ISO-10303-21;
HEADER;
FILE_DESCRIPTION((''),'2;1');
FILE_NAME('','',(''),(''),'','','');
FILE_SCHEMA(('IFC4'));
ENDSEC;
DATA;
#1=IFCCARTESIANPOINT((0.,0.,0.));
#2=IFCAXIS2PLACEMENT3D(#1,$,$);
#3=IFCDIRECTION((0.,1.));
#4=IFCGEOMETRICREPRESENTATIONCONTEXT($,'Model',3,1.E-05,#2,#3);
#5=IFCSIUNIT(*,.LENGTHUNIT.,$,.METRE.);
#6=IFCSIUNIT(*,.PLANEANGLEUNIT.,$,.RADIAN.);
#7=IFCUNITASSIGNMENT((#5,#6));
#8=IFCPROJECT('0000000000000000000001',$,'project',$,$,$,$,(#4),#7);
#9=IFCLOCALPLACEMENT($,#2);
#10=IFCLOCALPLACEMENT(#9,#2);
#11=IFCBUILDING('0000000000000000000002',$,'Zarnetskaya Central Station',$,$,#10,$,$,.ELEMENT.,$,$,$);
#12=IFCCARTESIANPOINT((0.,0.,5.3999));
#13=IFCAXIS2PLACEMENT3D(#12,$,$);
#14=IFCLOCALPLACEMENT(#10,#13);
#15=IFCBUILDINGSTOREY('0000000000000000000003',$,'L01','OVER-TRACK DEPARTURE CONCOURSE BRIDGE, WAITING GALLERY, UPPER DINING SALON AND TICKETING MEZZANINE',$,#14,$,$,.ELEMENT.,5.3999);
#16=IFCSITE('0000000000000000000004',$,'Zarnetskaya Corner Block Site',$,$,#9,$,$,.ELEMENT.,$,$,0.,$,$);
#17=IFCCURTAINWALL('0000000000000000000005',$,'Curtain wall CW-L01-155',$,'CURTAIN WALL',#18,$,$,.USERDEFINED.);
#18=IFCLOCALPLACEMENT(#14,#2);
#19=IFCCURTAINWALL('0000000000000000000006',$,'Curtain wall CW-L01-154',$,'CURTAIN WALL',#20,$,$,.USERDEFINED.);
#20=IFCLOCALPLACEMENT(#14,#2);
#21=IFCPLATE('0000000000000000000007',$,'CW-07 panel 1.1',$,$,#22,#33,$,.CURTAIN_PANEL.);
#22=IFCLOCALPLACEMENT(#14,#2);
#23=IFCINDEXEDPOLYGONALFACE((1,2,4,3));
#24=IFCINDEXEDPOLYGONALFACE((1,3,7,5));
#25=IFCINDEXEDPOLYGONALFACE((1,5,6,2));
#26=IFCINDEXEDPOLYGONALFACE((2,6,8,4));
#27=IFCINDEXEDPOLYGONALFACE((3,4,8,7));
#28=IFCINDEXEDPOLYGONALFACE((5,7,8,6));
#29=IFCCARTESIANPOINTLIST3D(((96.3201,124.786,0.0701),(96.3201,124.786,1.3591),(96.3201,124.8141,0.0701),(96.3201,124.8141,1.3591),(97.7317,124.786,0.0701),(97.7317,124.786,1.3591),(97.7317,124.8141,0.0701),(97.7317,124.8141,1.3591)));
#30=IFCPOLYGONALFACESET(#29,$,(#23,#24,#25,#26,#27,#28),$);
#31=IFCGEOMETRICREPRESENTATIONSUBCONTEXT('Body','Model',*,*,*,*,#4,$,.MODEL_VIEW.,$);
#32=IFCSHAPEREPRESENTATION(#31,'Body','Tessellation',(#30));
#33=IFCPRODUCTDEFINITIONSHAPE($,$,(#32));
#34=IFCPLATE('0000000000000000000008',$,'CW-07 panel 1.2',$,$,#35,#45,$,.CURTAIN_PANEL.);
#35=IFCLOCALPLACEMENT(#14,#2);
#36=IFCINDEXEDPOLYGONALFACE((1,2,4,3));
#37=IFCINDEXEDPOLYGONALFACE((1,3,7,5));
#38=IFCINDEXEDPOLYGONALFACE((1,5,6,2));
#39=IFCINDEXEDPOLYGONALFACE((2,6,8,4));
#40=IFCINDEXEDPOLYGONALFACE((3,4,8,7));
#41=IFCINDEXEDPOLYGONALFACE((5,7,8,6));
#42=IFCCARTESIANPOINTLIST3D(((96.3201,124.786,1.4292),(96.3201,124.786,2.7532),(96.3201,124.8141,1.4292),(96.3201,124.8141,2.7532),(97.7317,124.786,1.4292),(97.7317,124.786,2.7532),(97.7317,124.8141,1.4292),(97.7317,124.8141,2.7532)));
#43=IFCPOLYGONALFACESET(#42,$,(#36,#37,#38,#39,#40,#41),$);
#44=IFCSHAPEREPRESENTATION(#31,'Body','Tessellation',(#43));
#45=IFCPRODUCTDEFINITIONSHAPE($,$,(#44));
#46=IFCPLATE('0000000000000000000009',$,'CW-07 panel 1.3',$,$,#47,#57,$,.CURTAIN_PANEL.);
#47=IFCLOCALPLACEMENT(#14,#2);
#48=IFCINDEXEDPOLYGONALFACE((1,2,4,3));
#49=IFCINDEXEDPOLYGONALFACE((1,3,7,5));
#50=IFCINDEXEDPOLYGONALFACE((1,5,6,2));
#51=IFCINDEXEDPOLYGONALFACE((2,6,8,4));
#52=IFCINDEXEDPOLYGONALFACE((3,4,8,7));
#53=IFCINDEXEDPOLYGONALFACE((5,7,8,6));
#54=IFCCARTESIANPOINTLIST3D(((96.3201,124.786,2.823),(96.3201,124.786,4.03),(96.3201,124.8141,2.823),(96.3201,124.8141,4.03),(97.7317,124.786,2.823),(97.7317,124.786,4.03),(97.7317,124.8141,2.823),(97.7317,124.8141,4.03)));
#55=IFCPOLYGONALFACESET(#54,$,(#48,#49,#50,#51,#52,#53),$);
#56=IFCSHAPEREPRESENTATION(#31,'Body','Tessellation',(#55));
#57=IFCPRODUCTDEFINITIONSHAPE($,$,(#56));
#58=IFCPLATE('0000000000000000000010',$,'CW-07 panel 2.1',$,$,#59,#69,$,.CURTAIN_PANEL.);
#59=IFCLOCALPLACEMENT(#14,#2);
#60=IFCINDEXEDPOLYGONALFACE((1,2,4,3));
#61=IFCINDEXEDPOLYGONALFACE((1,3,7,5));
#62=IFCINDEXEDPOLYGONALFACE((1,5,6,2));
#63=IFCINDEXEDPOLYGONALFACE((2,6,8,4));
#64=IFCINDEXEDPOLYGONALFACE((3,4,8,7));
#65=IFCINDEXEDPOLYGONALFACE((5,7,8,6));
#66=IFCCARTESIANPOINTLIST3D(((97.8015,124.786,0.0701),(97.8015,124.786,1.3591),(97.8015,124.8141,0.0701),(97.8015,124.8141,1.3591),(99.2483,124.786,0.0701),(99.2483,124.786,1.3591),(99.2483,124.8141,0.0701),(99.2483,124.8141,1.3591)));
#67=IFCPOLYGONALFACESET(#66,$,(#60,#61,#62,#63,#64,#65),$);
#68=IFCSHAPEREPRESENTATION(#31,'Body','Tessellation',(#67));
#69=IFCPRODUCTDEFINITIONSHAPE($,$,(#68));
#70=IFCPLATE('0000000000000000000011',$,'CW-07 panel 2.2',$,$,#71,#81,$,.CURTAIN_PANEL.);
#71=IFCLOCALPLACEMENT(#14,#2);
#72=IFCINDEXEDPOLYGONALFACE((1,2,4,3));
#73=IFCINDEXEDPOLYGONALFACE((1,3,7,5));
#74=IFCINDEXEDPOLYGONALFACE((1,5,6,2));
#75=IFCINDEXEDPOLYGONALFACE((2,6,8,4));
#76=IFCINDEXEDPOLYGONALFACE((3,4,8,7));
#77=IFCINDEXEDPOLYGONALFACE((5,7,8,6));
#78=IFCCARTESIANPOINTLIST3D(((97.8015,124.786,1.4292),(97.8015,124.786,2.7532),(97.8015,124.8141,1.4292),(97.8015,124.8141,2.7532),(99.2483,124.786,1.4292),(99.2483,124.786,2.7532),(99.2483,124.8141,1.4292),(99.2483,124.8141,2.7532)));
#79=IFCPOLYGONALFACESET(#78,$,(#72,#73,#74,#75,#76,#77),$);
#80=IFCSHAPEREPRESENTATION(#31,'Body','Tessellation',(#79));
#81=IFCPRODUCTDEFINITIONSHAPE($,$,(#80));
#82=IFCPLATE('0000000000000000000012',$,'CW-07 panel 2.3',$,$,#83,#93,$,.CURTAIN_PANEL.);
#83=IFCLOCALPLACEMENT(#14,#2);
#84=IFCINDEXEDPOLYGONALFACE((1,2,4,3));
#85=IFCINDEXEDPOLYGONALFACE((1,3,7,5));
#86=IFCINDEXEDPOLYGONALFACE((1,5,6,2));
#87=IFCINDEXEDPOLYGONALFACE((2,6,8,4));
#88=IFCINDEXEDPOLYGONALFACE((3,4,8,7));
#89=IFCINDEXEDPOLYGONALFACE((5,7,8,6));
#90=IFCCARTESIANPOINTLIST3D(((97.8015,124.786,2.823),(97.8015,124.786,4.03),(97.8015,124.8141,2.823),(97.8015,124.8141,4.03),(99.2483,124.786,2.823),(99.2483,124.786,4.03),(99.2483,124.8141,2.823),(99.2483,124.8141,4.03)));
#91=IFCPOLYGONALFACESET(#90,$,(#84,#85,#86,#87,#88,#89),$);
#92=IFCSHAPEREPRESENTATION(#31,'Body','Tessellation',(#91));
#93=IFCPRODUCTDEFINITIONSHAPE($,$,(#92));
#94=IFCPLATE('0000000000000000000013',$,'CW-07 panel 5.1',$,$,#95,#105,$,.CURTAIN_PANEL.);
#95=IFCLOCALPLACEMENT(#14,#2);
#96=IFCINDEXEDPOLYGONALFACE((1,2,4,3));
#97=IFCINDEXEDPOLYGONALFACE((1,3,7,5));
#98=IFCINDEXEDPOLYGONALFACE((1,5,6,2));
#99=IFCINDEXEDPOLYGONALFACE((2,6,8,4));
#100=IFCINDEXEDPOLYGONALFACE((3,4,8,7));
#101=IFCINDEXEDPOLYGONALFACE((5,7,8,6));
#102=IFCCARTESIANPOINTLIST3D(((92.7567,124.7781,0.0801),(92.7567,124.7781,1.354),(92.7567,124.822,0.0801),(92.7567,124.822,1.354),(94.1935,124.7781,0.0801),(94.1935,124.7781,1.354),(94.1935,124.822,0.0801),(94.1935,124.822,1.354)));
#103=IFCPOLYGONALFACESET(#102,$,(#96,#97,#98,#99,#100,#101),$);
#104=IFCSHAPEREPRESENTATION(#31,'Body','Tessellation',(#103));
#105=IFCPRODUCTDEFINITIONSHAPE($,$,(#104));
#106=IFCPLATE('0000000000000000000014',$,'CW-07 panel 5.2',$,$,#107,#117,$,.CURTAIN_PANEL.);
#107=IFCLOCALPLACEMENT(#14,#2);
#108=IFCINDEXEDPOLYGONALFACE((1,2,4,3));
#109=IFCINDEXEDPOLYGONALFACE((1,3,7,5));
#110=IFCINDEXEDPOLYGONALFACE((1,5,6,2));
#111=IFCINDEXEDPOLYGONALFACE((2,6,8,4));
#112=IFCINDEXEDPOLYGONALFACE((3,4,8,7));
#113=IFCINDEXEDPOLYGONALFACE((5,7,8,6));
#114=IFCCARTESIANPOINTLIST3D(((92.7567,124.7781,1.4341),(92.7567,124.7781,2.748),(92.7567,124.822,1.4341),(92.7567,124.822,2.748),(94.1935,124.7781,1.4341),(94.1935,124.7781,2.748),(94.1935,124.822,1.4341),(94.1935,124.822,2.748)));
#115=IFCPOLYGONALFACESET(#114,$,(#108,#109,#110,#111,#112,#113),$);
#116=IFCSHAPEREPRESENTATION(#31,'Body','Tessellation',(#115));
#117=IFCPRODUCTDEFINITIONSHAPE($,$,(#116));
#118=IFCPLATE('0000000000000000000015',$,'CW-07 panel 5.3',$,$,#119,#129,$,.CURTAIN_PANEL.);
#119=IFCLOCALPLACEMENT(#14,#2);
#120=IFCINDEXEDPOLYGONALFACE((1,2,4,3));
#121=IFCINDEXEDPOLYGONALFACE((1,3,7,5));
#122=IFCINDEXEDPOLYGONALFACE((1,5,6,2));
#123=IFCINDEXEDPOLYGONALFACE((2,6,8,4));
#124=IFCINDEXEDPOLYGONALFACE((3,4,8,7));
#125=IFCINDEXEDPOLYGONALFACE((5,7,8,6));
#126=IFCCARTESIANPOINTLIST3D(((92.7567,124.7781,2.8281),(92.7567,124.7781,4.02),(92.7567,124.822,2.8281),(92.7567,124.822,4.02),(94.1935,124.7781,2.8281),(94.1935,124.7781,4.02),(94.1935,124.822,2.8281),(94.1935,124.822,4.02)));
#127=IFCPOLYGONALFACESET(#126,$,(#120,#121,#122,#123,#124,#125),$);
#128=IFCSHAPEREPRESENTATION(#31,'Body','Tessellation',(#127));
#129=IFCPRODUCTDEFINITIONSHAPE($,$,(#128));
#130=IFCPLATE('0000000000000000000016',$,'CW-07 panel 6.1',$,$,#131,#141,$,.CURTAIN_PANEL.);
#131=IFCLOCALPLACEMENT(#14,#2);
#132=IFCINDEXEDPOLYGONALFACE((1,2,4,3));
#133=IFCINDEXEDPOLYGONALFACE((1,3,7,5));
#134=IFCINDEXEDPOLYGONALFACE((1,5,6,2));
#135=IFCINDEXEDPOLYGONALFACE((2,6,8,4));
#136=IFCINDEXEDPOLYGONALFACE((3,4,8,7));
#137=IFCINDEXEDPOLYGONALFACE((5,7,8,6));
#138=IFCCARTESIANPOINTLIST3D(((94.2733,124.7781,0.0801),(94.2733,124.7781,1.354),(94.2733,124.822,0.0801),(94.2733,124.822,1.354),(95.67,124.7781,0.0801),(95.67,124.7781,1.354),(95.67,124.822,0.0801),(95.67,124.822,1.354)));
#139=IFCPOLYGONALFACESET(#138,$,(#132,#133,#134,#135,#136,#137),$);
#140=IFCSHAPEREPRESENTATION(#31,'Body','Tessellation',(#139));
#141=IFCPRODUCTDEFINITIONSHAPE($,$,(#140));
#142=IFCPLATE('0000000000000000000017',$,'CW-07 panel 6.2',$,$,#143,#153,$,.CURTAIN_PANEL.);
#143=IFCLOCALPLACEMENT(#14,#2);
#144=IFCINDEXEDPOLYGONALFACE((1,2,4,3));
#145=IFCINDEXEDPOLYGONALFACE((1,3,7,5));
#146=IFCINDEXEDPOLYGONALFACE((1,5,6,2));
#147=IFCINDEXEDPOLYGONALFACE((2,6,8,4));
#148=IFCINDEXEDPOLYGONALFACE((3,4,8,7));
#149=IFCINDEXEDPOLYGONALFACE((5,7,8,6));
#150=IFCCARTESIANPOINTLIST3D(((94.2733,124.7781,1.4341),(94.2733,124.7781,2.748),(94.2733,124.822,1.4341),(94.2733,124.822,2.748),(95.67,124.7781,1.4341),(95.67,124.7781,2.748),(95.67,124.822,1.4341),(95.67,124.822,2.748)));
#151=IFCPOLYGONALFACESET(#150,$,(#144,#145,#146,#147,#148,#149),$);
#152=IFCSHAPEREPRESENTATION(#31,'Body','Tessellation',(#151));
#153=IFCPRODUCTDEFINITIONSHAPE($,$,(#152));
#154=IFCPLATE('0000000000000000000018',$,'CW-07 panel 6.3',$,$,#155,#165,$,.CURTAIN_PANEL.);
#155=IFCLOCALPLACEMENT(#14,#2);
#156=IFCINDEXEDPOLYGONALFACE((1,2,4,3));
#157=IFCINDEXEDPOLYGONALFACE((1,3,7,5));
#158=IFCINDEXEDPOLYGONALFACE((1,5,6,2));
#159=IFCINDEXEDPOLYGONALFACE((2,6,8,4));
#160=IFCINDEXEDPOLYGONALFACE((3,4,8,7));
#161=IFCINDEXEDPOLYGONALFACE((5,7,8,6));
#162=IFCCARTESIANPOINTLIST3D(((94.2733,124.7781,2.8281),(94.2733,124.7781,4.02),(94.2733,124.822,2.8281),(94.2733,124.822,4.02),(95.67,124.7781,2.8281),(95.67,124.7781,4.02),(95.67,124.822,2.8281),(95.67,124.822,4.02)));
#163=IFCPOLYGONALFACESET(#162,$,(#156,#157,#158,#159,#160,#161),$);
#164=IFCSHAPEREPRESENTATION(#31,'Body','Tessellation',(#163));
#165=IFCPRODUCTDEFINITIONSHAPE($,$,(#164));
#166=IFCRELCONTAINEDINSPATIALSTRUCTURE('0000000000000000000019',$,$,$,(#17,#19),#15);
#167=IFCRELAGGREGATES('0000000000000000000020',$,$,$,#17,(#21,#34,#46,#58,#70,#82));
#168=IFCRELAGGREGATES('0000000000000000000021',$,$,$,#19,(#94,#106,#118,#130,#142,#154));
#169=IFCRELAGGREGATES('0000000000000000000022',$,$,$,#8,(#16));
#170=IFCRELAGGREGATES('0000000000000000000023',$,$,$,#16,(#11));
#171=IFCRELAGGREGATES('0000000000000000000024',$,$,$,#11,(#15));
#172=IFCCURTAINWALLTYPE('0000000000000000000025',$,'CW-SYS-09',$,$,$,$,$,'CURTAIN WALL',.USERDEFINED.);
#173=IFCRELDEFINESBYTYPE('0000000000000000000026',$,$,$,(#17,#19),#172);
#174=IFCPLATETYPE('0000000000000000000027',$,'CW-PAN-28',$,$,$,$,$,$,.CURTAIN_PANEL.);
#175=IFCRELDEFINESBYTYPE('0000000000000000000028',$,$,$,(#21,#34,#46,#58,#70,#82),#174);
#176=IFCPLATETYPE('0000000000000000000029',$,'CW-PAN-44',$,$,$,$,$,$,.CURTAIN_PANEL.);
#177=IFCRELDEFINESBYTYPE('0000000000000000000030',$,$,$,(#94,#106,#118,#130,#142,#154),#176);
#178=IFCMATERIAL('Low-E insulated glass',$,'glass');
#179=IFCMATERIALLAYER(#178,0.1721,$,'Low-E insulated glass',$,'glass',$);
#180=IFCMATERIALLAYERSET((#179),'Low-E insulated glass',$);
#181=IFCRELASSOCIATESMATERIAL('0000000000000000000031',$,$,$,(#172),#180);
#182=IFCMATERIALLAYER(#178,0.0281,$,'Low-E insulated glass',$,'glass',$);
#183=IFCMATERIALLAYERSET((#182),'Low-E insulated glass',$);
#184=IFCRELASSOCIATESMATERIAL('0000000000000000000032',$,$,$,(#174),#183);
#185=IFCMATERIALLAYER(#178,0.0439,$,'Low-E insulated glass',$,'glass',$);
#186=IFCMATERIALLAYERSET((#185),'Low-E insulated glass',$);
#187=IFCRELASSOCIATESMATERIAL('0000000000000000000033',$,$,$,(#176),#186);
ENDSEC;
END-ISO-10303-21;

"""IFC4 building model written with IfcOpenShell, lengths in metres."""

from ifc_helpers import new_model, si_unit, direction, frame, origin, origin_2d, place, context, subcontext, project, spatial, rectangle, extrude, material, layer, layer_set, type_object, element, aggregate, save


model = new_model("IFC4")

# Units and contexts
model_context = context("Model", 3, precision=1e-05, world=origin(), true_north=direction((0.0, 1.0)))
body_context = subcontext(model_context, "Body", "Model", "MODEL_VIEW")
ifc_project = project(units=[si_unit("LENGTHUNIT", "METRE"), si_unit("PLANEANGLEUNIT", "RADIAN")], contexts=[model_context])

# Site, building, storey
site_placement = place(None, origin())
site = spatial("IfcSite", under=ifc_project, at=site_placement, Name="Zarnetskaya Corner Block Site", CompositionType="ELEMENT", RefElevation=0.0)
building_placement = place(site_placement, origin())
building = spatial("IfcBuilding", under=site, at=building_placement, Name="Zarnetskaya Central Station", CompositionType="ELEMENT")
storey_placement = place(building_placement, frame((0.0, 0.0, 5.3999)))
storey = spatial("IfcBuildingStorey", under=building, at=storey_placement, Name="L01", Description="OVER-TRACK DEPARTURE CONCOURSE BRIDGE, WAITING GALLERY, UPPER DINING SALON AND TICKETING MEZZANINE", CompositionType="ELEMENT", Elevation=5.3999)

# Curtain walls
ifc_material_1 = material(Name="Low-E insulated glass", Category="glass")
ifc_layer_1 = layer(ifc_material_1, 0.1721, Name="Low-E insulated glass", Category="glass")
ifc_layer_set_1 = layer_set([ifc_layer_1], Name="Low-E insulated glass")
curtain_wall_type = type_object("IfcCurtainWallType", Name="CW-SYS-09", ElementType="CURTAIN WALL", PredefinedType="USERDEFINED", material=ifc_layer_set_1)
curtain_wall_1_placement = place(storey_placement, origin())
curtain_wall_1 = element("IfcCurtainWall", 1, at=curtain_wall_1_placement, inside=storey, type_object=curtain_wall_type, Name="Curtain wall CW-L01-155", ObjectType="CURTAIN WALL", PredefinedType="USERDEFINED")
curtain_wall_2_placement = place(storey_placement, origin())
curtain_wall_2 = element("IfcCurtainWall", 2, at=curtain_wall_2_placement, inside=storey, type_object=curtain_wall_type, Name="Curtain wall CW-L01-154", ObjectType="CURTAIN WALL", PredefinedType="USERDEFINED")

# Plates
ifc_layer_2 = layer(ifc_material_1, 0.0281, Name="Low-E insulated glass", Category="glass")
ifc_layer_set_2 = layer_set([ifc_layer_2], Name="Low-E insulated glass")
plate_type_1 = type_object("IfcPlateType", Name="CW-PAN-28", PredefinedType="CURTAIN_PANEL", material=ifc_layer_set_2)
plate_1_placement = place(storey_placement, frame((97.0259, 124.8, 0.0701), z_axis=(0.0, 0.0, 1.0), x_axis=(1.0, 0.0, 0.0)))
plate_1 = element("IfcPlate", 3, at=plate_1_placement, type_object=plate_type_1, Name="CW-07 panel 1.1", PredefinedType="CURTAIN_PANEL", context=body_context, shape_type="SweptSolid", body=[
    extrude(rectangle(XDim=1.4116, YDim=0.0281, at=origin_2d()), origin(), (0.0, 0.0, 1.0), 1.2891),
])
plate_2_placement = place(storey_placement, frame((97.0259, 124.8, 1.4292), z_axis=(0.0, 0.0, 1.0), x_axis=(1.0, 0.0, 0.0)))
plate_2 = element("IfcPlate", 4, at=plate_2_placement, type_object=plate_type_1, Name="CW-07 panel 1.2", PredefinedType="CURTAIN_PANEL", context=body_context, shape_type="SweptSolid", body=[
    extrude(rectangle(XDim=1.4116, YDim=0.0281, at=origin_2d()), origin(), (0.0, 0.0, 1.0), 1.324),
])
plate_3_placement = place(storey_placement, frame((97.0259, 124.8, 2.823), z_axis=(0.0, 0.0, 1.0), x_axis=(1.0, 0.0, 0.0)))
plate_3 = element("IfcPlate", 5, at=plate_3_placement, type_object=plate_type_1, Name="CW-07 panel 1.3", PredefinedType="CURTAIN_PANEL", context=body_context, shape_type="SweptSolid", body=[
    extrude(rectangle(XDim=1.4116, YDim=0.0281, at=origin_2d()), origin(), (0.0, 0.0, 1.0), 1.207),
])
plate_4_placement = place(storey_placement, frame((98.5249, 124.8, 0.0701), z_axis=(0.0, 0.0, 1.0), x_axis=(1.0, 0.0, 0.0)))
plate_4 = element("IfcPlate", 6, at=plate_4_placement, type_object=plate_type_1, Name="CW-07 panel 2.1", PredefinedType="CURTAIN_PANEL", context=body_context, shape_type="SweptSolid", body=[
    extrude(rectangle(XDim=1.4468, YDim=0.0281, at=origin_2d()), origin(), (0.0, 0.0, 1.0), 1.2891),
])
plate_5_placement = place(storey_placement, frame((98.5249, 124.8, 1.4292), z_axis=(0.0, 0.0, 1.0), x_axis=(1.0, 0.0, 0.0)))
plate_5 = element("IfcPlate", 7, at=plate_5_placement, type_object=plate_type_1, Name="CW-07 panel 2.2", PredefinedType="CURTAIN_PANEL", context=body_context, shape_type="SweptSolid", body=[
    extrude(rectangle(XDim=1.4468, YDim=0.0281, at=origin_2d()), origin(), (0.0, 0.0, 1.0), 1.324),
])
plate_6_placement = place(storey_placement, frame((98.5249, 124.8, 2.823), z_axis=(0.0, 0.0, 1.0), x_axis=(1.0, 0.0, 0.0)))
plate_6 = element("IfcPlate", 8, at=plate_6_placement, type_object=plate_type_1, Name="CW-07 panel 2.3", PredefinedType="CURTAIN_PANEL", context=body_context, shape_type="SweptSolid", body=[
    extrude(rectangle(XDim=1.4468, YDim=0.0281, at=origin_2d()), origin(), (0.0, 0.0, 1.0), 1.207),
])
aggregate(curtain_wall_1, [plate_1, plate_2, plate_3, plate_4, plate_5, plate_6])
ifc_layer_3 = layer(ifc_material_1, 0.0439, Name="Low-E insulated glass", Category="glass")
ifc_layer_set_3 = layer_set([ifc_layer_3], Name="Low-E insulated glass")
plate_type_2 = type_object("IfcPlateType", Name="CW-PAN-44", PredefinedType="CURTAIN_PANEL", material=ifc_layer_set_3)
plate_7_placement = place(storey_placement, frame((93.4751, 124.8, 0.0801), z_axis=(0.0, 0.0, 1.0), x_axis=(1.0, 0.0, 0.0)))
plate_7 = element("IfcPlate", 9, at=plate_7_placement, type_object=plate_type_2, Name="CW-07 panel 5.1", PredefinedType="CURTAIN_PANEL", context=body_context, shape_type="SweptSolid", body=[
    extrude(rectangle(XDim=1.4368, YDim=0.0439, at=origin_2d()), origin(), (0.0, 0.0, 1.0), 1.2739),
])
plate_8_placement = place(storey_placement, frame((93.4751, 124.8, 1.4341), z_axis=(0.0, 0.0, 1.0), x_axis=(1.0, 0.0, 0.0)))
plate_8 = element("IfcPlate", 10, at=plate_8_placement, type_object=plate_type_2, Name="CW-07 panel 5.2", PredefinedType="CURTAIN_PANEL", context=body_context, shape_type="SweptSolid", body=[
    extrude(rectangle(XDim=1.4368, YDim=0.0439, at=origin_2d()), origin(), (0.0, 0.0, 1.0), 1.314),
])
plate_9_placement = place(storey_placement, frame((93.4751, 124.8, 2.8281), z_axis=(0.0, 0.0, 1.0), x_axis=(1.0, 0.0, 0.0)))
plate_9 = element("IfcPlate", 11, at=plate_9_placement, type_object=plate_type_2, Name="CW-07 panel 5.3", PredefinedType="CURTAIN_PANEL", context=body_context, shape_type="SweptSolid", body=[
    extrude(rectangle(XDim=1.4368, YDim=0.0439, at=origin_2d()), origin(), (0.0, 0.0, 1.0), 1.1919),
])
plate_10_placement = place(storey_placement, frame((94.9717, 124.8, 0.0801), z_axis=(0.0, 0.0, 1.0), x_axis=(1.0, 0.0, 0.0)))
plate_10 = element("IfcPlate", 12, at=plate_10_placement, type_object=plate_type_2, Name="CW-07 panel 6.1", PredefinedType="CURTAIN_PANEL", context=body_context, shape_type="SweptSolid", body=[
    extrude(rectangle(XDim=1.3967, YDim=0.0439, at=origin_2d()), origin(), (0.0, 0.0, 1.0), 1.2739),
])
plate_11_placement = place(storey_placement, frame((94.9717, 124.8, 1.4341), z_axis=(0.0, 0.0, 1.0), x_axis=(1.0, 0.0, 0.0)))
plate_11 = element("IfcPlate", 13, at=plate_11_placement, type_object=plate_type_2, Name="CW-07 panel 6.2", PredefinedType="CURTAIN_PANEL", context=body_context, shape_type="SweptSolid", body=[
    extrude(rectangle(XDim=1.3967, YDim=0.0439, at=origin_2d()), origin(), (0.0, 0.0, 1.0), 1.314),
])
plate_12_placement = place(storey_placement, frame((94.9717, 124.8, 2.8281), z_axis=(0.0, 0.0, 1.0), x_axis=(1.0, 0.0, 0.0)))
plate_12 = element("IfcPlate", 14, at=plate_12_placement, type_object=plate_type_2, Name="CW-07 panel 6.3", PredefinedType="CURTAIN_PANEL", context=body_context, shape_type="SweptSolid", body=[
    extrude(rectangle(XDim=1.3967, YDim=0.0439, at=origin_2d()), origin(), (0.0, 0.0, 1.0), 1.1919),
])
aggregate(curtain_wall_2, [plate_7, plate_8, plate_9, plate_10, plate_11, plate_12])

save(model, "model.ifc")
